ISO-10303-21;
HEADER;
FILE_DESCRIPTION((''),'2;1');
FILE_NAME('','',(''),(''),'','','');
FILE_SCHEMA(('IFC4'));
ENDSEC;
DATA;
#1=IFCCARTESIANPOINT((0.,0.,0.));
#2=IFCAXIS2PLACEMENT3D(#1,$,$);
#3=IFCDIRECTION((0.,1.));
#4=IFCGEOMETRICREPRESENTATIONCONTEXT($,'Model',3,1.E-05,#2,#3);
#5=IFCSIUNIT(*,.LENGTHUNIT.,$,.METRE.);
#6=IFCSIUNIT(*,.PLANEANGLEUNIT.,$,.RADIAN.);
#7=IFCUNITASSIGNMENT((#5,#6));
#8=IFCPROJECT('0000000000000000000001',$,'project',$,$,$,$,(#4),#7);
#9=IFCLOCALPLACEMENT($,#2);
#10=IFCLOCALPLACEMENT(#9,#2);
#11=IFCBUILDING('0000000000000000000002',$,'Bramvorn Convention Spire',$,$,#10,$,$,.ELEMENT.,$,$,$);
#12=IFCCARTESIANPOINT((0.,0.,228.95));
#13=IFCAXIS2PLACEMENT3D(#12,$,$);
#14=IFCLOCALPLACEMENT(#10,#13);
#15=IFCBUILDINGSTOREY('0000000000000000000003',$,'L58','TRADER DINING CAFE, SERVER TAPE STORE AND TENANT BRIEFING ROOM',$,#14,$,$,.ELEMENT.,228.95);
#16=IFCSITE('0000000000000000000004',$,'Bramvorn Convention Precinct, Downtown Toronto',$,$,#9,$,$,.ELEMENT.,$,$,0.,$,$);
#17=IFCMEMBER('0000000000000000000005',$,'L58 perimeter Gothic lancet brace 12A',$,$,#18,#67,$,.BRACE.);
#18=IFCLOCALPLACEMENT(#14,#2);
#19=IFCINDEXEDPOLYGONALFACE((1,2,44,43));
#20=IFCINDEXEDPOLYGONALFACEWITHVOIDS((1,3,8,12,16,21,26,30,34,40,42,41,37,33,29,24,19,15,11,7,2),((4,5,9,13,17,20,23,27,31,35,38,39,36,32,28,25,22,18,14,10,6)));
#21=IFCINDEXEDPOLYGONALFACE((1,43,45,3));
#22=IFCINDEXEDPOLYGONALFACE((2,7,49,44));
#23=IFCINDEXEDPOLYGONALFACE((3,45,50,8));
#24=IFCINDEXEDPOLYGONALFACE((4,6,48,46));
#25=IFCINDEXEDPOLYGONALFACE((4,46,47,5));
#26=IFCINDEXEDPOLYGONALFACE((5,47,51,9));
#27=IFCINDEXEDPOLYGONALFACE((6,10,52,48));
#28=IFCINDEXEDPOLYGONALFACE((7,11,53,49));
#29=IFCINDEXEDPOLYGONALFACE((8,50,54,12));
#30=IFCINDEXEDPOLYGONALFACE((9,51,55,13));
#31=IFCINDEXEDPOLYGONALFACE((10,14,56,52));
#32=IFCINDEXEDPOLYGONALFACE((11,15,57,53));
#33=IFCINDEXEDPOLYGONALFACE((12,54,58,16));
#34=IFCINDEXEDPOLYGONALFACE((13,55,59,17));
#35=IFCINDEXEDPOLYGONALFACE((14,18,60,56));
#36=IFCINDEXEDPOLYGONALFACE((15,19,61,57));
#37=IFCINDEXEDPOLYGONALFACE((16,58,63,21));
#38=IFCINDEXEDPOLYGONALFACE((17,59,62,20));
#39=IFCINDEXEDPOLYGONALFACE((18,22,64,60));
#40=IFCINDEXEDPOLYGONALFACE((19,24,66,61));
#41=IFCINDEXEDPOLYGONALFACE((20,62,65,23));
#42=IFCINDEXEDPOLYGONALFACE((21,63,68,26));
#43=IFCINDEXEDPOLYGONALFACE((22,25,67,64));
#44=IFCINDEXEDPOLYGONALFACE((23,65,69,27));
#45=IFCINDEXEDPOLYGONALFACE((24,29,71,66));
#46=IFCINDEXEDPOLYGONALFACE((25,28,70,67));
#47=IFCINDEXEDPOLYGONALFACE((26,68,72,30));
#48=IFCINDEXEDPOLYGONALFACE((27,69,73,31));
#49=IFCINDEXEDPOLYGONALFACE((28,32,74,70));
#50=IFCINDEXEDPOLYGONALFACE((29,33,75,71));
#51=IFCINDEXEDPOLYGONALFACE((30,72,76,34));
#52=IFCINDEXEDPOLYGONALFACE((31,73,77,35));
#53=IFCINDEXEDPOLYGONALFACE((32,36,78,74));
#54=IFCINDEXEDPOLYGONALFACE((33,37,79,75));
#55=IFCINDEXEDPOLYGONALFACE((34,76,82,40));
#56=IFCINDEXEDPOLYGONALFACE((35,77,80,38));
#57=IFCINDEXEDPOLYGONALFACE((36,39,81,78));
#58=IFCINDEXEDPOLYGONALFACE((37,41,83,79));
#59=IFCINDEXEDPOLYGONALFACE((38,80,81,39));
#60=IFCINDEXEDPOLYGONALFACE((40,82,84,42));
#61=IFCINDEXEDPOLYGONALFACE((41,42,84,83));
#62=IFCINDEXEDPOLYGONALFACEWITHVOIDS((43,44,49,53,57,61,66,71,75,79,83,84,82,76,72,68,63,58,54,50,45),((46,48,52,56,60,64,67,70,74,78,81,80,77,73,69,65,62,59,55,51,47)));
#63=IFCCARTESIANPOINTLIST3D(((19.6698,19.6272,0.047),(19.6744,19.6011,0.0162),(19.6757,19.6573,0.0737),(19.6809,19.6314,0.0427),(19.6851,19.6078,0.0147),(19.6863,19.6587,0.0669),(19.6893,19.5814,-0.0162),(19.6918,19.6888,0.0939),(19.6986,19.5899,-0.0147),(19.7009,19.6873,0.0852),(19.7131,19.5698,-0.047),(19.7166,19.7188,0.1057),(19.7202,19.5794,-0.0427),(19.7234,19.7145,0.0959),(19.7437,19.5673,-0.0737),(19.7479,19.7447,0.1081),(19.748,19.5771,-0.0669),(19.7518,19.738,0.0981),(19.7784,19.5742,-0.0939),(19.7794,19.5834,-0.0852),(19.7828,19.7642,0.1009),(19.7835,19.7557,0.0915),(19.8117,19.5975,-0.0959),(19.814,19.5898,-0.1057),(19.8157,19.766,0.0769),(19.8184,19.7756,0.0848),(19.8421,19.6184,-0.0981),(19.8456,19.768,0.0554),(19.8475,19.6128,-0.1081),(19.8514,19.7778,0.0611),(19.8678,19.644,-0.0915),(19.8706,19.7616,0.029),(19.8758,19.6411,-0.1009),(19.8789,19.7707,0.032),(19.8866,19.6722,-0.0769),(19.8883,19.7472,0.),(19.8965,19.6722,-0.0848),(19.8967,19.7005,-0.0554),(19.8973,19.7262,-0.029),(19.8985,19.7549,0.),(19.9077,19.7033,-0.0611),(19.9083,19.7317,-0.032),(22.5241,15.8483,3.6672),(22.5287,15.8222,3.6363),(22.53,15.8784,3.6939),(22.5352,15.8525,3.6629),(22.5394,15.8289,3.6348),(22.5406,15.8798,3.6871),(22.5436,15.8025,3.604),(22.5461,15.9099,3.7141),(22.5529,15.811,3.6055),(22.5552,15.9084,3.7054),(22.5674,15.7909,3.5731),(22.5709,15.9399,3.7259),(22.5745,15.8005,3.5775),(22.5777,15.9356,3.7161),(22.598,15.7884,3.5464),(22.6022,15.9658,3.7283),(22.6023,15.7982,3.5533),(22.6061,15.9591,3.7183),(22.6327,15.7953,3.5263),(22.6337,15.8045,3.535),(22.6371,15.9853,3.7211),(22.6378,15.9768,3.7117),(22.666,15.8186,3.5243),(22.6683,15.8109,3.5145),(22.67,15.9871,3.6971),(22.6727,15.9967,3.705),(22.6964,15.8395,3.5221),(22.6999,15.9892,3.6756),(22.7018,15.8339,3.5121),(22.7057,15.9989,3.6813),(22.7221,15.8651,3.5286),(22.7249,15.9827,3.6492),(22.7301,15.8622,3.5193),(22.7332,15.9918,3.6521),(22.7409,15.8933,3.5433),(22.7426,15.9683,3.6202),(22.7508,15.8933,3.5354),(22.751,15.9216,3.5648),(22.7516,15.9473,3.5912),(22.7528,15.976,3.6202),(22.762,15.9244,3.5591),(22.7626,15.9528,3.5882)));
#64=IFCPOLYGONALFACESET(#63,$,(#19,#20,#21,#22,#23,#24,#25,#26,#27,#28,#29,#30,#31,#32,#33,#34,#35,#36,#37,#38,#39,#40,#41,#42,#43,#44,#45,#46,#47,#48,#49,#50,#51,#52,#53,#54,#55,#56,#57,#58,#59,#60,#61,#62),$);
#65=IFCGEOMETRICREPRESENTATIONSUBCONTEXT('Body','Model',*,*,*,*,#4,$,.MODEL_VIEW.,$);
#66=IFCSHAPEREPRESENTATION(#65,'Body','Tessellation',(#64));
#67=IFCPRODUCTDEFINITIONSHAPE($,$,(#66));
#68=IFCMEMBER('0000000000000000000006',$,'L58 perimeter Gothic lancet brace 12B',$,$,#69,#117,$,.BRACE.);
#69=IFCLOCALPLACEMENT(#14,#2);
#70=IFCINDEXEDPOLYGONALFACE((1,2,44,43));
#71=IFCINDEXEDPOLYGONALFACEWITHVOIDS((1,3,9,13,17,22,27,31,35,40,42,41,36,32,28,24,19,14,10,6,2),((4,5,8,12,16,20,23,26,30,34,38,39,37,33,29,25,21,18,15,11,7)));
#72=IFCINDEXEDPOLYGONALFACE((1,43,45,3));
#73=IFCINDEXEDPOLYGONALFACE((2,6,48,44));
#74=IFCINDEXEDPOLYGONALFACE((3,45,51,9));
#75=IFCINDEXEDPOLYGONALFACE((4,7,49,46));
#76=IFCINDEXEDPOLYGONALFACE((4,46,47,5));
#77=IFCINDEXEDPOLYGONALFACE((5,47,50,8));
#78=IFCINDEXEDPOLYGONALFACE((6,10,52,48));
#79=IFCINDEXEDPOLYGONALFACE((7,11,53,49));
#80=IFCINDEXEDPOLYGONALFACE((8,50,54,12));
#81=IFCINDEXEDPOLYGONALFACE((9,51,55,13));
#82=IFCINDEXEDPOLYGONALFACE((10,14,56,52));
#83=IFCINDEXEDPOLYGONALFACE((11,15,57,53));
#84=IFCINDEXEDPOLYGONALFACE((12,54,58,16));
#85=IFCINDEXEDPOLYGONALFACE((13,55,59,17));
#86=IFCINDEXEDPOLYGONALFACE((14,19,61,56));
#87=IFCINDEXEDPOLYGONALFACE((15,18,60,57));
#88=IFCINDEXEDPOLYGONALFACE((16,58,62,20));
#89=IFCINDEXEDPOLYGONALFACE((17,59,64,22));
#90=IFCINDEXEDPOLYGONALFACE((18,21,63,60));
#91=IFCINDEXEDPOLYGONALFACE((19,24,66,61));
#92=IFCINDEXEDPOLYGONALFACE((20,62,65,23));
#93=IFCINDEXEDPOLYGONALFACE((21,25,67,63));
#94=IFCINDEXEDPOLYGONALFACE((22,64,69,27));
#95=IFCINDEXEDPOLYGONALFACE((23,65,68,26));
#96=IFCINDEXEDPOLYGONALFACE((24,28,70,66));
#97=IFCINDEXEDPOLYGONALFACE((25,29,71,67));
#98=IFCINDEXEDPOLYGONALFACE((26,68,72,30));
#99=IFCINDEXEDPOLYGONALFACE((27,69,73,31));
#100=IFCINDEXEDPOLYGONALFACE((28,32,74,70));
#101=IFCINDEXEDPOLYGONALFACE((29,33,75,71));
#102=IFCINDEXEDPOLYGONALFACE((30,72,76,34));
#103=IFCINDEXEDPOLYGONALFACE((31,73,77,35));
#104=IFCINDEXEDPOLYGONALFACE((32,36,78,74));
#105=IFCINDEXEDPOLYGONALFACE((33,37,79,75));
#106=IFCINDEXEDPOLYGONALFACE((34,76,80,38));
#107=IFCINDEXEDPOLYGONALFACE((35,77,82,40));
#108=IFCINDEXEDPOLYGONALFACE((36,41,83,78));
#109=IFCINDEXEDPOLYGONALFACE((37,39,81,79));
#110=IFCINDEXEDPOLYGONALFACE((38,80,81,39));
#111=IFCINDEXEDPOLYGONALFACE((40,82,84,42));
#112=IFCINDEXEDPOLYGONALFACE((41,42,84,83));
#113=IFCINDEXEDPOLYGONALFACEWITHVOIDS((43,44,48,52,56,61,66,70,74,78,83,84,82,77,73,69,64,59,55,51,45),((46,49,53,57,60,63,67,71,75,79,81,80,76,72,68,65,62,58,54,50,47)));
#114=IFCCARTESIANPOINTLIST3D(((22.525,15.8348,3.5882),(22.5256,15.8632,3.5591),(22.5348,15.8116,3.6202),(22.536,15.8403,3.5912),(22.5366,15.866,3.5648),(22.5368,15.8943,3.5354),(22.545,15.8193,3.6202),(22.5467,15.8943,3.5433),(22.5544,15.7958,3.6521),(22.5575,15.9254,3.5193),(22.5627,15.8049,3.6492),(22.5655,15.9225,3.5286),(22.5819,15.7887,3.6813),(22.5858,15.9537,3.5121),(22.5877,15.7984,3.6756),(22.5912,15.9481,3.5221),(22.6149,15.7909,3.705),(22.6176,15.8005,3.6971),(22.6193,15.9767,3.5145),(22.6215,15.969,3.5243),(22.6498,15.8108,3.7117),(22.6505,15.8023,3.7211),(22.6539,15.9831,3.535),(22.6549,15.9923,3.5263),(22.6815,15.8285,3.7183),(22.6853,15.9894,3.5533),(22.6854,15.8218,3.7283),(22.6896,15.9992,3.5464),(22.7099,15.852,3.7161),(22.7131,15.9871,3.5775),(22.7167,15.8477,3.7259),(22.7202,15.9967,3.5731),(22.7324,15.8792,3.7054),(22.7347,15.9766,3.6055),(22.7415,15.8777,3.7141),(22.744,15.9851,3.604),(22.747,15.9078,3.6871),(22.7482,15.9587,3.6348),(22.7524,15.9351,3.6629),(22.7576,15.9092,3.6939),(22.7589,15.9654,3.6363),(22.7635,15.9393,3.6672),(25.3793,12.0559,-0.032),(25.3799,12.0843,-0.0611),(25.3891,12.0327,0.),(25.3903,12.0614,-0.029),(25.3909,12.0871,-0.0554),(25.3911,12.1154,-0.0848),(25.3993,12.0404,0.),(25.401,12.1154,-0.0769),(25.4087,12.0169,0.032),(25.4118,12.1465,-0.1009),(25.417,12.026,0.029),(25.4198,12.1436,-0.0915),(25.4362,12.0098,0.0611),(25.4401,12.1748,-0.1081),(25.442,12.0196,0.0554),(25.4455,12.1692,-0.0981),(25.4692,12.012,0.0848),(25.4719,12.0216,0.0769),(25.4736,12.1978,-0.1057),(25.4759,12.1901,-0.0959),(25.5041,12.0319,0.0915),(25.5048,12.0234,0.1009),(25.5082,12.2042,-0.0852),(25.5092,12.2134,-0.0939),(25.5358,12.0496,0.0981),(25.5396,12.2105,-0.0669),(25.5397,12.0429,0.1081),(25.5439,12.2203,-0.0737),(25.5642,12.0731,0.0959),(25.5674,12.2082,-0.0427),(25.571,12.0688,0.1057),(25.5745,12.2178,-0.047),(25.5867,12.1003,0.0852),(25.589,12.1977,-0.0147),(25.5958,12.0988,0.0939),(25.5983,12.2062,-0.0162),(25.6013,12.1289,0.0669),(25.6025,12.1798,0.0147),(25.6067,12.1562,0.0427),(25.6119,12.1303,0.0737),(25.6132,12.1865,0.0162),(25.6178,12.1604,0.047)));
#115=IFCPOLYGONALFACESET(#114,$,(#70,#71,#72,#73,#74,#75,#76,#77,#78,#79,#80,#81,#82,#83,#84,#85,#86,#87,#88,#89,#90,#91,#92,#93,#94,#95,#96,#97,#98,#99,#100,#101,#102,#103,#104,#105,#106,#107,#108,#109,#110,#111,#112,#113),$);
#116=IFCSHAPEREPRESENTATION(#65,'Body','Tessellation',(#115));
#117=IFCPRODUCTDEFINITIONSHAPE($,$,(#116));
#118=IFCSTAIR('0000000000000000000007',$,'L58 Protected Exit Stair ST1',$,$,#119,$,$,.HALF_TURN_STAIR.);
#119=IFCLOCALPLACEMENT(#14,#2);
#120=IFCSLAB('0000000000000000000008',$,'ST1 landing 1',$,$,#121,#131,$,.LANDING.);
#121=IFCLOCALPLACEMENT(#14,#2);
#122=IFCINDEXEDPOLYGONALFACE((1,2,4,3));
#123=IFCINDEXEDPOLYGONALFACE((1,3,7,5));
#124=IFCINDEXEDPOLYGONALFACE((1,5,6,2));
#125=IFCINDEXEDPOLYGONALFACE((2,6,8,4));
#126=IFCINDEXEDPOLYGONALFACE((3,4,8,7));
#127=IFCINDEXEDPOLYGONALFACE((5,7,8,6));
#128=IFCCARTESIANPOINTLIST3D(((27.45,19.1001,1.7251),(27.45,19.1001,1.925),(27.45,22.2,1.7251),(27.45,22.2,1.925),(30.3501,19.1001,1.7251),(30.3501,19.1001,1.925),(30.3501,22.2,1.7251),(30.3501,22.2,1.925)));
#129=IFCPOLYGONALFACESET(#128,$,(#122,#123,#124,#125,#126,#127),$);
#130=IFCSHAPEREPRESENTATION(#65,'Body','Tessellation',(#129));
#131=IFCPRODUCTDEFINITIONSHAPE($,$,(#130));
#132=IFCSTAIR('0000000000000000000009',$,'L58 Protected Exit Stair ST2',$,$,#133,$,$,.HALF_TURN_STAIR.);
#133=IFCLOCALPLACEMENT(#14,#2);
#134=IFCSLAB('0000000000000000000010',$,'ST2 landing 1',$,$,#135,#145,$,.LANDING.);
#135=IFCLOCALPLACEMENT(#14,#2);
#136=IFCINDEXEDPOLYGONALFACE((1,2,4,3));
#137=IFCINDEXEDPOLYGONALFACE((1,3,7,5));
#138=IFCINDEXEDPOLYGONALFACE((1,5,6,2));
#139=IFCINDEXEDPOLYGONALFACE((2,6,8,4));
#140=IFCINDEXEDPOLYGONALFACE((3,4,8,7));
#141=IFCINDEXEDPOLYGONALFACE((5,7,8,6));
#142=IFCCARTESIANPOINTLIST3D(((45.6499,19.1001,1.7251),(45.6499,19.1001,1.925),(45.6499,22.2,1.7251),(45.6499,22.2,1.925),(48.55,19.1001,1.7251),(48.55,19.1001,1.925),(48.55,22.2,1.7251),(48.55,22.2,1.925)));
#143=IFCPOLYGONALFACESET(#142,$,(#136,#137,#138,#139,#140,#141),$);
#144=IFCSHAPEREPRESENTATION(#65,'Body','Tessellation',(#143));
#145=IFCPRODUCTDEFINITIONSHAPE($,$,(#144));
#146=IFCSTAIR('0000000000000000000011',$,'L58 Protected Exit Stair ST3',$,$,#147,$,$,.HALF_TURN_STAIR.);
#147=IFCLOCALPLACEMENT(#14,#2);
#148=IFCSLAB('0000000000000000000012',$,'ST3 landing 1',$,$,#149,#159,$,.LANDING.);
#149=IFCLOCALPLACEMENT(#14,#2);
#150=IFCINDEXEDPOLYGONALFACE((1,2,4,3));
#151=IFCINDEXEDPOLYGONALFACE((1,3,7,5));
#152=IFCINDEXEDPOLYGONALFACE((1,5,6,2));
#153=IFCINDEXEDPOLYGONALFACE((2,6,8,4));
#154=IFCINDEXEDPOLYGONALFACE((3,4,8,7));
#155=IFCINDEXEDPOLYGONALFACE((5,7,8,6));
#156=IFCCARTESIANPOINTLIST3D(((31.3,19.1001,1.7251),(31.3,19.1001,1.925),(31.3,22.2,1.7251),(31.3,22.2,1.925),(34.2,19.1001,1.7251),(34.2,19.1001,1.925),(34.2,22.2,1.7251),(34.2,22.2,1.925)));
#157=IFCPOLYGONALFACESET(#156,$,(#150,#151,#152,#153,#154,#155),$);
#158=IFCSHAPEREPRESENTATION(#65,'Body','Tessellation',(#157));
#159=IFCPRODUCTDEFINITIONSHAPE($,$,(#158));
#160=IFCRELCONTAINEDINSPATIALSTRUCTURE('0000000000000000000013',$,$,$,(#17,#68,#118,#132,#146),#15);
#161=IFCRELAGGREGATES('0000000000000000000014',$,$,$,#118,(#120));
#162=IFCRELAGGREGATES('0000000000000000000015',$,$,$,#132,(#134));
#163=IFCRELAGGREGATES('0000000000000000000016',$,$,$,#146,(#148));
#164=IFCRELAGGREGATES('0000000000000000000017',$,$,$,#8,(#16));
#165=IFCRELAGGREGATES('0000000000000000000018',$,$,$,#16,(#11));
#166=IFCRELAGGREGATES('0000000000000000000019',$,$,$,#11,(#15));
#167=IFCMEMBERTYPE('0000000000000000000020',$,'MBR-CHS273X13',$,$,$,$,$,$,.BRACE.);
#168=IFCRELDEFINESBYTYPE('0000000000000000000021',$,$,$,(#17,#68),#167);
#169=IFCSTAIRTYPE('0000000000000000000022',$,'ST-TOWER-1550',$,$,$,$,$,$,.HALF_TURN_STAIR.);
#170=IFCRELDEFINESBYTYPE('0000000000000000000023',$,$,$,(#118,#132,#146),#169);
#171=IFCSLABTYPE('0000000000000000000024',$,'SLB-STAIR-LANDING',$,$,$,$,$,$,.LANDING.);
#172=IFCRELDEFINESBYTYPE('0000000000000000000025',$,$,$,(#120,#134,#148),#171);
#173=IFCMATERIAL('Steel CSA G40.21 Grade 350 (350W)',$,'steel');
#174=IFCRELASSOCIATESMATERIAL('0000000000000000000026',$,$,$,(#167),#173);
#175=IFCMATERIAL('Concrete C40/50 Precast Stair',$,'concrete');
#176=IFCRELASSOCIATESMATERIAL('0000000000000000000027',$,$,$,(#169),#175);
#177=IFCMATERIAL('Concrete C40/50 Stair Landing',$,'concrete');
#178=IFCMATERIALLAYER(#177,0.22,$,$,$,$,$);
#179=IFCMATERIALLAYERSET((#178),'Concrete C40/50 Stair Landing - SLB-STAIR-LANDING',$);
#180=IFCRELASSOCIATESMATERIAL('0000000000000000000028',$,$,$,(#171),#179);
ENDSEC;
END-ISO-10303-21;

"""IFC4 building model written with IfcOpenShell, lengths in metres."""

from ifc_helpers import new_model, si_unit, direction, frame, origin, origin_2d, place, context, subcontext, project, spatial, polyline, hollow_circle, outline, extrude, material, layer, layer_set, material_profile, profile_set, type_object, element, aggregate, save


model = new_model("IFC4")

# Units and contexts
model_context = context("Model", 3, precision=1e-05, world=origin(), true_north=direction((0.0, 1.0)))
body_context = subcontext(model_context, "Body", "Model", "MODEL_VIEW")
ifc_project = project(units=[si_unit("LENGTHUNIT", "METRE"), si_unit("PLANEANGLEUNIT", "RADIAN")], contexts=[model_context])

# Site, building, storey
site_placement = place(None, origin())
site = spatial("IfcSite", under=ifc_project, at=site_placement, Name="Bramvorn Convention Precinct, Downtown Toronto", CompositionType="ELEMENT", RefElevation=0.0)
building_placement = place(site_placement, origin())
building = spatial("IfcBuilding", under=site, at=building_placement, Name="Bramvorn Convention Spire", CompositionType="ELEMENT")
storey_placement = place(building_placement, frame((0.0, 0.0, 228.95)))
storey = spatial("IfcBuildingStorey", under=building, at=storey_placement, Name="L58", Description="TRADER DINING CAFE, SERVER TAPE STORE AND TENANT BRIEFING ROOM", CompositionType="ELEMENT", Elevation=228.95)

# Shared definitions
ifc_material_1 = material(Name="Steel CSA G40.21 Grade 350 (350W)", Category="steel")

# Members
ifc_material_profile_1 = material_profile(ifc_material_1, hollow_circle(Radius=0.1365, WallThickness=0.0127, at=origin_2d()))
ifc_profile_set_1 = profile_set([ifc_material_profile_1], Name="Steel CSA G40.21 Grade 350 (350W) - CHS273X13")
member_type_1 = type_object("IfcMemberType", Name="MBR-CHS273X13", PredefinedType="BRACE", material=ifc_profile_set_1)
for number, where, z_axis, x_axis, name in (
    (1, (19.7896, 19.6726, 0.0), (0.478835, -0.633941, 0.607319), (0.797954, 0.602719, 0.0), "L58 perimeter Gothic lancet brace 12A"),
    (2, (25.498, 12.115, 0.0), (-0.478835, 0.633941, 0.607319), (-0.797954, -0.602719, 0.0), "L58 perimeter Gothic lancet brace 12B"),
):
    element("IfcMember", number, at=place(storey_placement, frame(where, z_axis=z_axis, x_axis=x_axis)), inside=storey, type_object=member_type_1, Name=name, PredefinedType="BRACE", context=body_context, shape_type="SweptSolid", body=[
        extrude(hollow_circle(Radius=0.1365, WallThickness=0.0127, at=origin_2d()), origin(), (0.0, 0.0, 1.0), 5.9609),
    ])

# Stairs, slabs
ifc_material_2 = material(Name="Concrete C40/50 Precast Stair", Category="concrete")
stair_type = type_object("IfcStairType", Name="ST-TOWER-1550", PredefinedType="HALF_TURN_STAIR", material=ifc_material_2)
stair_1_placement = place(storey_placement, origin())
stair_1 = element("IfcStair", 3, at=stair_1_placement, inside=storey, type_object=stair_type, Name="L58 Protected Exit Stair ST1", PredefinedType="HALF_TURN_STAIR")
ifc_material_3 = material(Name="Concrete C40/50 Stair Landing", Category="concrete")
ifc_layer_1 = layer(ifc_material_3, 0.22)
ifc_layer_set_1 = layer_set([ifc_layer_1], Name="Concrete C40/50 Stair Landing - SLB-STAIR-LANDING")
slab_type_1 = type_object("IfcSlabType", Name="SLB-STAIR-LANDING", PredefinedType="LANDING", material=ifc_layer_set_1)
slab_1_placement = place(storey_placement, frame((0.0, 0.0, 1.7251)))
slab_1 = element("IfcSlab", 4, at=slab_1_placement, type_object=slab_type_1, Name="ST1 landing 1", PredefinedType="LANDING", context=body_context, shape_type="SweptSolid", body=[
    extrude(outline(polyline([(27.45, 22.2), (27.45, 19.1001), (30.3501, 19.1001), (30.3501, 22.2), (27.45, 22.2)])), origin(), (0.0, 0.0, 1.0), 0.2),
])
aggregate(stair_1, [slab_1])
stair_2_placement = place(storey_placement, origin())
stair_2 = element("IfcStair", 5, at=stair_2_placement, inside=storey, type_object=stair_type, Name="L58 Protected Exit Stair ST2", PredefinedType="HALF_TURN_STAIR")
slab_2_placement = place(storey_placement, frame((0.0, 0.0, 1.7251)))
slab_2 = element("IfcSlab", 6, at=slab_2_placement, type_object=slab_type_1, Name="ST2 landing 1", PredefinedType="LANDING", context=body_context, shape_type="SweptSolid", body=[
    extrude(outline(polyline([(45.6499, 22.2), (45.6499, 19.1001), (48.55, 19.1001), (48.55, 22.2), (45.6499, 22.2)])), origin(), (0.0, 0.0, 1.0), 0.2),
])
aggregate(stair_2, [slab_2])
stair_3_placement = place(storey_placement, origin())
stair_3 = element("IfcStair", 7, at=stair_3_placement, inside=storey, type_object=stair_type, Name="L58 Protected Exit Stair ST3", PredefinedType="HALF_TURN_STAIR")
slab_3_placement = place(storey_placement, frame((0.0, 0.0, 1.7251)))
slab_3 = element("IfcSlab", 8, at=slab_3_placement, type_object=slab_type_1, Name="ST3 landing 1", PredefinedType="LANDING", context=body_context, shape_type="SweptSolid", body=[
    extrude(outline(polyline([(31.3, 22.2), (31.3, 19.1001), (34.2, 19.1001), (34.2, 22.2), (31.3, 22.2)])), origin(), (0.0, 0.0, 1.0), 0.2),
])
aggregate(stair_3, [slab_3])

save(model, "model.ifc")
